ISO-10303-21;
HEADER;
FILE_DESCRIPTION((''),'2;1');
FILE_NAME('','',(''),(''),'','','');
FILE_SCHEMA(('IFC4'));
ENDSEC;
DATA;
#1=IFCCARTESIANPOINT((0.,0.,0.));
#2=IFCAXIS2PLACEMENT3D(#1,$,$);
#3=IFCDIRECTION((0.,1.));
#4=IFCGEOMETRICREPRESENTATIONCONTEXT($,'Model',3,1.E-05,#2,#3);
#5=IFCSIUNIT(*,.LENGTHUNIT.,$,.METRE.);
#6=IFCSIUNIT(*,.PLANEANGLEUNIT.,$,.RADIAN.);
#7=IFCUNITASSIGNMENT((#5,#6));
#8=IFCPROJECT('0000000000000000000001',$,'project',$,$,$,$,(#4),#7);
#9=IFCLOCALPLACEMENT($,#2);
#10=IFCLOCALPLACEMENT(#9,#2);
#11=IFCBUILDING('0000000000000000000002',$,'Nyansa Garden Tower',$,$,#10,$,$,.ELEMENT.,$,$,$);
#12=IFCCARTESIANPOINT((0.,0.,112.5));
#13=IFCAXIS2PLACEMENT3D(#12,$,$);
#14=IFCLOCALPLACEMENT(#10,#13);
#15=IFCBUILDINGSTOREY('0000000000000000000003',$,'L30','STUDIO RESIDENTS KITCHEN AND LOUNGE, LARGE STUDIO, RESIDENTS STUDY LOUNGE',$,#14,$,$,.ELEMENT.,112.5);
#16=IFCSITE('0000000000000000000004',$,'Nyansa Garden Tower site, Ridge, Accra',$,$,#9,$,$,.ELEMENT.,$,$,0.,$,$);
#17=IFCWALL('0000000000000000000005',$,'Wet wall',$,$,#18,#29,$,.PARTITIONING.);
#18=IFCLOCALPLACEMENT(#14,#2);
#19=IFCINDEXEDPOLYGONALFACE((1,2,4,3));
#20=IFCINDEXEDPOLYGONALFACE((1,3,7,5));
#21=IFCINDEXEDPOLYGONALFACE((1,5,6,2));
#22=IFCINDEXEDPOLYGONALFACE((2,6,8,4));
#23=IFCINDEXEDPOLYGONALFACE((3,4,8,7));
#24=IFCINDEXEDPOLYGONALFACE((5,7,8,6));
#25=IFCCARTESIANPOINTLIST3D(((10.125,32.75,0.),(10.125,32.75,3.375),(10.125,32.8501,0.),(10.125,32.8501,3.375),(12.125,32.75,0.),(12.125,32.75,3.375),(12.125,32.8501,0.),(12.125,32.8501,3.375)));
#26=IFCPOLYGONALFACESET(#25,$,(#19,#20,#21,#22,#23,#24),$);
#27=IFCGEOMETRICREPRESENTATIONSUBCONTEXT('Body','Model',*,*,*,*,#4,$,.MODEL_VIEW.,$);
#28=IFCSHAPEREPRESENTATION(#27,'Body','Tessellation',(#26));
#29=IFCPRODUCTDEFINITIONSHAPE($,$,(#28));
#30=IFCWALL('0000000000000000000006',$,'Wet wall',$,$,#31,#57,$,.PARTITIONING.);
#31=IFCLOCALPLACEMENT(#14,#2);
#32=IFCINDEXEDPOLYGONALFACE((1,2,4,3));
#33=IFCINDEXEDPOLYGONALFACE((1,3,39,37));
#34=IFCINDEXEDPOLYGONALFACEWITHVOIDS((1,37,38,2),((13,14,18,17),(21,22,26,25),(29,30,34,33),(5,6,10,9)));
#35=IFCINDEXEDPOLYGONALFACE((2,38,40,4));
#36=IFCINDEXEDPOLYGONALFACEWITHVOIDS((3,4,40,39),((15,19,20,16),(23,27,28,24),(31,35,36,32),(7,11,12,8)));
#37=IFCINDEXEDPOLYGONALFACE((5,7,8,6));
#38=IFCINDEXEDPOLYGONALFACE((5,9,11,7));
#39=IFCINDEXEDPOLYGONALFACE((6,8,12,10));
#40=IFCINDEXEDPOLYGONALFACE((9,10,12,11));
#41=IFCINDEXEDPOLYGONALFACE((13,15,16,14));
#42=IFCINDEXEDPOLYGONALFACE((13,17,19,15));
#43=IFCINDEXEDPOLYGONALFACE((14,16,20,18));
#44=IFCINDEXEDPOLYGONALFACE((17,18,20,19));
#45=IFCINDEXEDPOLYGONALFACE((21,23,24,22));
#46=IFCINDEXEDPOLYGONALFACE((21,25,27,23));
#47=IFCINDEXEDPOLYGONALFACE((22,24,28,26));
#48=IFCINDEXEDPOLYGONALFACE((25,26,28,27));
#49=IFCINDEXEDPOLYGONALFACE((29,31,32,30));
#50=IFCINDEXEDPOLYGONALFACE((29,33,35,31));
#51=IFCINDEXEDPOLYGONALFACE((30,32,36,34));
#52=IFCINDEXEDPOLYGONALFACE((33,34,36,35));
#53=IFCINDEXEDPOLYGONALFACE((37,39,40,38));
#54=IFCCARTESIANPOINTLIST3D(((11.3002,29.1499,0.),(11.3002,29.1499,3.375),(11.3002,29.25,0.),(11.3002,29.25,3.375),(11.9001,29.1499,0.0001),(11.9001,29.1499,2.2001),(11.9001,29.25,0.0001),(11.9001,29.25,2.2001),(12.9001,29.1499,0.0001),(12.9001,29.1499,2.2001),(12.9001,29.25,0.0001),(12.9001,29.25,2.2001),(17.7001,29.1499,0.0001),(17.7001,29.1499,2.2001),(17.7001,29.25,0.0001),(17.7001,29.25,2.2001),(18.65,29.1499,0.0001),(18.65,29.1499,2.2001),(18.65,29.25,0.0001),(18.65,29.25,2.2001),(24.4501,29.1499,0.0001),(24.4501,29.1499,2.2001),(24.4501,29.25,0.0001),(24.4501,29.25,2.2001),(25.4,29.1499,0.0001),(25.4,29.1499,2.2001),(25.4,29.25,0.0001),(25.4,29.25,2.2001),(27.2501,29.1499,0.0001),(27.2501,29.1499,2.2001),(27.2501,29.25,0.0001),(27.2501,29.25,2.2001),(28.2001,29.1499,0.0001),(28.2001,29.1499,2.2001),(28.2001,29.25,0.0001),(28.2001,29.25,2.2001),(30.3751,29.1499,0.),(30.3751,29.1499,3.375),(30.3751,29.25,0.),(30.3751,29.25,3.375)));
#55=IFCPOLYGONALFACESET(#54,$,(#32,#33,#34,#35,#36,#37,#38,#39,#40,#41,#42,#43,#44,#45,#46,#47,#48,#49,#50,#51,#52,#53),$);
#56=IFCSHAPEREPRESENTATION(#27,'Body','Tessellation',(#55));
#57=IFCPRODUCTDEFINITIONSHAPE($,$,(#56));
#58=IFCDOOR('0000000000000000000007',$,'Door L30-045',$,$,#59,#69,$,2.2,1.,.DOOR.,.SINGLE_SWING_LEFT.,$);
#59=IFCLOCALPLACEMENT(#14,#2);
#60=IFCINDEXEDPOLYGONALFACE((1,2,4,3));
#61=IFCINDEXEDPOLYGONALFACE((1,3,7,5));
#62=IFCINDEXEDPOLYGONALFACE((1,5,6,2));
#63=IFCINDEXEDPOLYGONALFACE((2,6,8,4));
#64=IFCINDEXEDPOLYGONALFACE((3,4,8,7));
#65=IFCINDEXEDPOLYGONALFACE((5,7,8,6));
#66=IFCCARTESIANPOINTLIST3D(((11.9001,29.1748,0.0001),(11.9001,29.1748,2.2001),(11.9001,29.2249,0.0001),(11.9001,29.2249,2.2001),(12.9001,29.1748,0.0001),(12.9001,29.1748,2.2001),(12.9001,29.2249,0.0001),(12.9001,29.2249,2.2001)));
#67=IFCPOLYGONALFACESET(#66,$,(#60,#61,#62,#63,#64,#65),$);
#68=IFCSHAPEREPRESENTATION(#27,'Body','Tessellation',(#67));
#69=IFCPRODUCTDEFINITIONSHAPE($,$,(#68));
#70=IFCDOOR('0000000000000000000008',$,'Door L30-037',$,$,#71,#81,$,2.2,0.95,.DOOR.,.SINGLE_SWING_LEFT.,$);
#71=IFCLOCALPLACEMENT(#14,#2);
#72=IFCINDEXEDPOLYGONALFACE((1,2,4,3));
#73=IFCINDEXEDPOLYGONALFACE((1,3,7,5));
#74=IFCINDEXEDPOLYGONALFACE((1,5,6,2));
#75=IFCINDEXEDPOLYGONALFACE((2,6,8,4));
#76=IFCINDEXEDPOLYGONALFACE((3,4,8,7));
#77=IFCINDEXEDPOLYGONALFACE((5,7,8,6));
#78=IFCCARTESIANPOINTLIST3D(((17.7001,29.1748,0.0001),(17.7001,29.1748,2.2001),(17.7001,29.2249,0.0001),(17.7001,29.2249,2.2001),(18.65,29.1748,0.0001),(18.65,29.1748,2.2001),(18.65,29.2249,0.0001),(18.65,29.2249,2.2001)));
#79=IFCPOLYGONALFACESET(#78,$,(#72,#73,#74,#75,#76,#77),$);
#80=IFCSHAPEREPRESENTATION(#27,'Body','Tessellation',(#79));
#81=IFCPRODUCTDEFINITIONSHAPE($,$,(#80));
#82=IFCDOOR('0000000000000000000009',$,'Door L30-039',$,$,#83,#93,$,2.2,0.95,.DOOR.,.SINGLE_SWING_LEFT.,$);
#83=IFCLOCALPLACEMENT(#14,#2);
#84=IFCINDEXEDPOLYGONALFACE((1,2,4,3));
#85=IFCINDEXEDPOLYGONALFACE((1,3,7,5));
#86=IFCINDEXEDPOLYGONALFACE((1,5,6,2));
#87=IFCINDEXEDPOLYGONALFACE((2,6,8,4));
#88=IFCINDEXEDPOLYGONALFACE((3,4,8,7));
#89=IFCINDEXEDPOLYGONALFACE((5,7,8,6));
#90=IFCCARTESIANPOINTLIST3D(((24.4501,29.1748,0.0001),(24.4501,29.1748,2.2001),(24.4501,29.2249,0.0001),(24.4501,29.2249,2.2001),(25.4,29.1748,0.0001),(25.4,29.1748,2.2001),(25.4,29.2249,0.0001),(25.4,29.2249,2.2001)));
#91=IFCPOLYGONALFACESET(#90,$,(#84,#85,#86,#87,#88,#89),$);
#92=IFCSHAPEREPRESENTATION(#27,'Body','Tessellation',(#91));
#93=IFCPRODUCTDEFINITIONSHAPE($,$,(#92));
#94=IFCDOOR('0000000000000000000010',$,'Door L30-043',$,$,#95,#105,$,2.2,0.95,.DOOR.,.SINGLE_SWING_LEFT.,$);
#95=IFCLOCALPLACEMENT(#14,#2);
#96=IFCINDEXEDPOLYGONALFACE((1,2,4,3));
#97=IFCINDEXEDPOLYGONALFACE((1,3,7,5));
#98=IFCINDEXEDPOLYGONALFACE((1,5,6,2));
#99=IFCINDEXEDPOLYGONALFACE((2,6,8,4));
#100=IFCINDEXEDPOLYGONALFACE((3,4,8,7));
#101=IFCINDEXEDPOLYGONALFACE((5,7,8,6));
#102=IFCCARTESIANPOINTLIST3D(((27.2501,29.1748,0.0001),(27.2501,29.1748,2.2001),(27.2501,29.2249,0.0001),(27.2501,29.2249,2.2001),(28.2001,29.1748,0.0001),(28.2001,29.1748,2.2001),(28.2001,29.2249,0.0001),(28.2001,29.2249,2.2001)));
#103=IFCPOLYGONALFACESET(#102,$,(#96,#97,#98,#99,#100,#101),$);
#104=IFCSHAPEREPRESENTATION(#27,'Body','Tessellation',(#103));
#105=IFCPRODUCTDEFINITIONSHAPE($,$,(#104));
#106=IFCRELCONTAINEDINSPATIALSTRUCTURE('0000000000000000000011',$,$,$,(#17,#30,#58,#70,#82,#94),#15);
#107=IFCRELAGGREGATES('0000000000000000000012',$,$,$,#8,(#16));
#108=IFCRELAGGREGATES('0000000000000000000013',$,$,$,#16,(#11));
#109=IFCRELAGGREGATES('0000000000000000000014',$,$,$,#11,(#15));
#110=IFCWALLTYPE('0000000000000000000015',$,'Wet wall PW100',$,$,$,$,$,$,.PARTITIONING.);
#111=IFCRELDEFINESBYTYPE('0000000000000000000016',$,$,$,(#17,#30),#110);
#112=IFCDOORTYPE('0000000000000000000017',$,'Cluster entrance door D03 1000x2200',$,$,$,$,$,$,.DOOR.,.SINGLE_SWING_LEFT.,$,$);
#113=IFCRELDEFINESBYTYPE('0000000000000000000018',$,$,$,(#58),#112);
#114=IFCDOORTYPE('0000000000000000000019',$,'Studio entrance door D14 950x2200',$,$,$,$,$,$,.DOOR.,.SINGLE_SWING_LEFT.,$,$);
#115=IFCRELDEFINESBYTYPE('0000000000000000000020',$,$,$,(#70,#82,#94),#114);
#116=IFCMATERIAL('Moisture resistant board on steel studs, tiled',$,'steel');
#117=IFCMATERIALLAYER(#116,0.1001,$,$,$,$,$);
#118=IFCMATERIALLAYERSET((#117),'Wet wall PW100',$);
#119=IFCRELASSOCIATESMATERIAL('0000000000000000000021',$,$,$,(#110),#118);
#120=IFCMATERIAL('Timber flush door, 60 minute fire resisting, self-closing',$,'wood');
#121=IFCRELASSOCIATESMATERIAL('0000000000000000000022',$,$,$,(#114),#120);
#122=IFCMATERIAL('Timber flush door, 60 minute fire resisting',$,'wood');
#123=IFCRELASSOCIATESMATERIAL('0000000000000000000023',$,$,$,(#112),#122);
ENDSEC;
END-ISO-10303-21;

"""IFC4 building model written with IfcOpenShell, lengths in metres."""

from ifc_helpers import new_model, si_unit, direction, frame, frame_2d, origin, place, context, subcontext, project, spatial, rectangle, extrude, material, layer, layer_set, type_object, element, fill, save


model = new_model("IFC4")

# Units and contexts
model_context = context("Model", 3, precision=1e-05, world=origin(), true_north=direction((0.0, 1.0)))
body_context = subcontext(model_context, "Body", "Model", "MODEL_VIEW")
ifc_project = project(units=[si_unit("LENGTHUNIT", "METRE"), si_unit("PLANEANGLEUNIT", "RADIAN")], contexts=[model_context])

# Site, building, storey
site_placement = place(None, origin())
site = spatial("IfcSite", under=ifc_project, at=site_placement, Name="Nyansa Garden Tower site, Ridge, Accra", CompositionType="ELEMENT", RefElevation=0.0)
building_placement = place(site_placement, origin())
building = spatial("IfcBuilding", under=site, at=building_placement, Name="Nyansa Garden Tower", CompositionType="ELEMENT")
storey_placement = place(building_placement, frame((0.0, 0.0, 112.5)))
storey = spatial("IfcBuildingStorey", under=building, at=storey_placement, Name="L30", Description="STUDIO RESIDENTS KITCHEN AND LOUNGE, LARGE STUDIO, RESIDENTS STUDY LOUNGE", CompositionType="ELEMENT", Elevation=112.5)

# Shared definitions
ifc_material_1 = material(Name="Moisture resistant board on steel studs, tiled", Category="steel")
ifc_layer_1 = layer(ifc_material_1, 0.1001)
ifc_layer_set_1 = layer_set([ifc_layer_1], Name="Wet wall PW100")
wall_type_1 = type_object("IfcWallType", Name="Wet wall PW100", PredefinedType="PARTITIONING", material=ifc_layer_set_1)

# Shared definitions
ifc_material_2 = material(Name="Timber flush door, 60 minute fire resisting, self-closing", Category="wood")
door_type_1 = type_object("IfcDoorType", Name="Studio entrance door D14 950x2200", OperationType="SINGLE_SWING_LEFT", PredefinedType="DOOR", material=ifc_material_2)

# Wall
wall_1_placement = place(storey_placement, frame((10.125, 32.8, 0.0), z_axis=(0.0, 0.0, 1.0), x_axis=(1.0, 0.0, 0.0)))
element("IfcWall", 1, at=wall_1_placement, inside=storey, type_object=wall_type_1, Name="Wet wall", PredefinedType="PARTITIONING", context=body_context, shape_type="SweptSolid", body=[
    extrude(rectangle(XDim=2.0, YDim=0.1001, at=frame_2d((1.0, 0.0))), origin(), (0.0, 0.0, 1.0), 3.375),
])

# Wall, openings, doors
wall_2_placement = place(storey_placement, frame((11.3, 29.2, 0.0), z_axis=(0.0, 0.0, 1.0), x_axis=(1.0, 0.0, 0.0)))
wall_2 = element("IfcWall", 2, at=wall_2_placement, inside=storey, type_object=wall_type_1, Name="Wet wall", PredefinedType="PARTITIONING", context=body_context, shape_type="SweptSolid", body=[
    extrude(rectangle(XDim=19.075, YDim=0.1001, at=frame_2d((9.5376, 0.0))), origin(), (0.0, 0.0, 1.0), 3.375),
])
opening_1_placement = place(wall_2_placement, frame((6.3999, 0.0, 0.0)))
opening_1 = element("IfcOpeningElement", 3, at=opening_1_placement, cuts=wall_2, PredefinedType="OPENING", context=body_context, shape_type="SweptSolid", body=[
    extrude(rectangle(XDim=0.95, YDim=2.2, at=frame_2d((0.4751, 1.1001))), frame((0.0, 0.0601, 0.0), z_axis=(0.0, -1.0, 0.0), x_axis=(1.0, 0.0, 0.0)), (0.0, 0.0, 1.0), 0.1201),
])
opening_2_placement = place(wall_2_placement, frame((13.1499, 0.0, 0.0)))
opening_2 = element("IfcOpeningElement", 4, at=opening_2_placement, cuts=wall_2, PredefinedType="OPENING", context=body_context, shape_type="SweptSolid", body=[
    extrude(rectangle(XDim=0.95, YDim=2.2, at=frame_2d((0.4751, 1.1001))), frame((0.0, 0.0601, 0.0), z_axis=(0.0, -1.0, 0.0), x_axis=(1.0, 0.0, 0.0)), (0.0, 0.0, 1.0), 0.1201),
])
opening_3_placement = place(wall_2_placement, frame((15.95, 0.0, 0.0)))
opening_3 = element("IfcOpeningElement", 5, at=opening_3_placement, cuts=wall_2, PredefinedType="OPENING", context=body_context, shape_type="SweptSolid", body=[
    extrude(rectangle(XDim=0.95, YDim=2.2, at=frame_2d((0.4751, 1.1001))), frame((0.0, 0.0601, 0.0), z_axis=(0.0, -1.0, 0.0), x_axis=(1.0, 0.0, 0.0)), (0.0, 0.0, 1.0), 0.1201),
])
opening_4_placement = place(wall_2_placement, frame((0.6001, 0.0, 0.0)))
opening_4 = element("IfcOpeningElement", 6, at=opening_4_placement, cuts=wall_2, PredefinedType="OPENING", context=body_context, shape_type="SweptSolid", body=[
    extrude(rectangle(XDim=1.0, YDim=2.2, at=frame_2d((0.5, 1.1001))), frame((0.0, 0.0601, 0.0), z_axis=(0.0, -1.0, 0.0), x_axis=(1.0, 0.0, 0.0)), (0.0, 0.0, 1.0), 0.1201),
])
ifc_material_3 = material(Name="Timber flush door, 60 minute fire resisting", Category="wood")
door_type_2 = type_object("IfcDoorType", Name="Cluster entrance door D03 1000x2200", OperationType="SINGLE_SWING_LEFT", PredefinedType="DOOR", material=ifc_material_3)
door_1_placement = place(opening_4_placement, origin())
door_1 = element("IfcDoor", 7, at=door_1_placement, inside=storey, type_object=door_type_2, Name="Door L30-045", OperationType="SINGLE_SWING_LEFT", OverallHeight=2.2, OverallWidth=1.0, PredefinedType="DOOR", context=body_context, shape_type="SweptSolid", body=[
    extrude(rectangle(XDim=1.0, YDim=2.2, at=frame_2d((0.5, 1.1001))), frame((0.0, 0.0249, 0.0), z_axis=(0.0, -1.0, 0.0), x_axis=(1.0, 0.0, 0.0)), (0.0, 0.0, 1.0), 0.05),
])
fill(opening_4, door_1)
door_2_placement = place(opening_1_placement, origin())
door_2 = element("IfcDoor", 8, at=door_2_placement, inside=storey, type_object=door_type_1, Name="Door L30-037", OperationType="SINGLE_SWING_LEFT", OverallHeight=2.2, OverallWidth=0.95, PredefinedType="DOOR", context=body_context, shape_type="SweptSolid", body=[
    extrude(rectangle(XDim=0.95, YDim=2.2, at=frame_2d((0.4751, 1.1001))), frame((0.0, 0.0249, 0.0), z_axis=(0.0, -1.0, 0.0), x_axis=(1.0, 0.0, 0.0)), (0.0, 0.0, 1.0), 0.05),
])
fill(opening_1, door_2)
door_3_placement = place(opening_2_placement, origin())
door_3 = element("IfcDoor", 9, at=door_3_placement, inside=storey, type_object=door_type_1, Name="Door L30-039", OperationType="SINGLE_SWING_LEFT", OverallHeight=2.2, OverallWidth=0.95, PredefinedType="DOOR", context=body_context, shape_type="SweptSolid", body=[
    extrude(rectangle(XDim=0.95, YDim=2.2, at=frame_2d((0.4751, 1.1001))), frame((0.0, 0.0249, 0.0), z_axis=(0.0, -1.0, 0.0), x_axis=(1.0, 0.0, 0.0)), (0.0, 0.0, 1.0), 0.05),
])
fill(opening_2, door_3)
door_4_placement = place(opening_3_placement, origin())
door_4 = element("IfcDoor", 10, at=door_4_placement, inside=storey, type_object=door_type_1, Name="Door L30-043", OperationType="SINGLE_SWING_LEFT", OverallHeight=2.2, OverallWidth=0.95, PredefinedType="DOOR", context=body_context, shape_type="SweptSolid", body=[
    extrude(rectangle(XDim=0.95, YDim=2.2, at=frame_2d((0.4751, 1.1001))), frame((0.0, 0.0249, 0.0), z_axis=(0.0, -1.0, 0.0), x_axis=(1.0, 0.0, 0.0)), (0.0, 0.0, 1.0), 0.05),
])
fill(opening_3, door_4)

save(model, "model.ifc")
